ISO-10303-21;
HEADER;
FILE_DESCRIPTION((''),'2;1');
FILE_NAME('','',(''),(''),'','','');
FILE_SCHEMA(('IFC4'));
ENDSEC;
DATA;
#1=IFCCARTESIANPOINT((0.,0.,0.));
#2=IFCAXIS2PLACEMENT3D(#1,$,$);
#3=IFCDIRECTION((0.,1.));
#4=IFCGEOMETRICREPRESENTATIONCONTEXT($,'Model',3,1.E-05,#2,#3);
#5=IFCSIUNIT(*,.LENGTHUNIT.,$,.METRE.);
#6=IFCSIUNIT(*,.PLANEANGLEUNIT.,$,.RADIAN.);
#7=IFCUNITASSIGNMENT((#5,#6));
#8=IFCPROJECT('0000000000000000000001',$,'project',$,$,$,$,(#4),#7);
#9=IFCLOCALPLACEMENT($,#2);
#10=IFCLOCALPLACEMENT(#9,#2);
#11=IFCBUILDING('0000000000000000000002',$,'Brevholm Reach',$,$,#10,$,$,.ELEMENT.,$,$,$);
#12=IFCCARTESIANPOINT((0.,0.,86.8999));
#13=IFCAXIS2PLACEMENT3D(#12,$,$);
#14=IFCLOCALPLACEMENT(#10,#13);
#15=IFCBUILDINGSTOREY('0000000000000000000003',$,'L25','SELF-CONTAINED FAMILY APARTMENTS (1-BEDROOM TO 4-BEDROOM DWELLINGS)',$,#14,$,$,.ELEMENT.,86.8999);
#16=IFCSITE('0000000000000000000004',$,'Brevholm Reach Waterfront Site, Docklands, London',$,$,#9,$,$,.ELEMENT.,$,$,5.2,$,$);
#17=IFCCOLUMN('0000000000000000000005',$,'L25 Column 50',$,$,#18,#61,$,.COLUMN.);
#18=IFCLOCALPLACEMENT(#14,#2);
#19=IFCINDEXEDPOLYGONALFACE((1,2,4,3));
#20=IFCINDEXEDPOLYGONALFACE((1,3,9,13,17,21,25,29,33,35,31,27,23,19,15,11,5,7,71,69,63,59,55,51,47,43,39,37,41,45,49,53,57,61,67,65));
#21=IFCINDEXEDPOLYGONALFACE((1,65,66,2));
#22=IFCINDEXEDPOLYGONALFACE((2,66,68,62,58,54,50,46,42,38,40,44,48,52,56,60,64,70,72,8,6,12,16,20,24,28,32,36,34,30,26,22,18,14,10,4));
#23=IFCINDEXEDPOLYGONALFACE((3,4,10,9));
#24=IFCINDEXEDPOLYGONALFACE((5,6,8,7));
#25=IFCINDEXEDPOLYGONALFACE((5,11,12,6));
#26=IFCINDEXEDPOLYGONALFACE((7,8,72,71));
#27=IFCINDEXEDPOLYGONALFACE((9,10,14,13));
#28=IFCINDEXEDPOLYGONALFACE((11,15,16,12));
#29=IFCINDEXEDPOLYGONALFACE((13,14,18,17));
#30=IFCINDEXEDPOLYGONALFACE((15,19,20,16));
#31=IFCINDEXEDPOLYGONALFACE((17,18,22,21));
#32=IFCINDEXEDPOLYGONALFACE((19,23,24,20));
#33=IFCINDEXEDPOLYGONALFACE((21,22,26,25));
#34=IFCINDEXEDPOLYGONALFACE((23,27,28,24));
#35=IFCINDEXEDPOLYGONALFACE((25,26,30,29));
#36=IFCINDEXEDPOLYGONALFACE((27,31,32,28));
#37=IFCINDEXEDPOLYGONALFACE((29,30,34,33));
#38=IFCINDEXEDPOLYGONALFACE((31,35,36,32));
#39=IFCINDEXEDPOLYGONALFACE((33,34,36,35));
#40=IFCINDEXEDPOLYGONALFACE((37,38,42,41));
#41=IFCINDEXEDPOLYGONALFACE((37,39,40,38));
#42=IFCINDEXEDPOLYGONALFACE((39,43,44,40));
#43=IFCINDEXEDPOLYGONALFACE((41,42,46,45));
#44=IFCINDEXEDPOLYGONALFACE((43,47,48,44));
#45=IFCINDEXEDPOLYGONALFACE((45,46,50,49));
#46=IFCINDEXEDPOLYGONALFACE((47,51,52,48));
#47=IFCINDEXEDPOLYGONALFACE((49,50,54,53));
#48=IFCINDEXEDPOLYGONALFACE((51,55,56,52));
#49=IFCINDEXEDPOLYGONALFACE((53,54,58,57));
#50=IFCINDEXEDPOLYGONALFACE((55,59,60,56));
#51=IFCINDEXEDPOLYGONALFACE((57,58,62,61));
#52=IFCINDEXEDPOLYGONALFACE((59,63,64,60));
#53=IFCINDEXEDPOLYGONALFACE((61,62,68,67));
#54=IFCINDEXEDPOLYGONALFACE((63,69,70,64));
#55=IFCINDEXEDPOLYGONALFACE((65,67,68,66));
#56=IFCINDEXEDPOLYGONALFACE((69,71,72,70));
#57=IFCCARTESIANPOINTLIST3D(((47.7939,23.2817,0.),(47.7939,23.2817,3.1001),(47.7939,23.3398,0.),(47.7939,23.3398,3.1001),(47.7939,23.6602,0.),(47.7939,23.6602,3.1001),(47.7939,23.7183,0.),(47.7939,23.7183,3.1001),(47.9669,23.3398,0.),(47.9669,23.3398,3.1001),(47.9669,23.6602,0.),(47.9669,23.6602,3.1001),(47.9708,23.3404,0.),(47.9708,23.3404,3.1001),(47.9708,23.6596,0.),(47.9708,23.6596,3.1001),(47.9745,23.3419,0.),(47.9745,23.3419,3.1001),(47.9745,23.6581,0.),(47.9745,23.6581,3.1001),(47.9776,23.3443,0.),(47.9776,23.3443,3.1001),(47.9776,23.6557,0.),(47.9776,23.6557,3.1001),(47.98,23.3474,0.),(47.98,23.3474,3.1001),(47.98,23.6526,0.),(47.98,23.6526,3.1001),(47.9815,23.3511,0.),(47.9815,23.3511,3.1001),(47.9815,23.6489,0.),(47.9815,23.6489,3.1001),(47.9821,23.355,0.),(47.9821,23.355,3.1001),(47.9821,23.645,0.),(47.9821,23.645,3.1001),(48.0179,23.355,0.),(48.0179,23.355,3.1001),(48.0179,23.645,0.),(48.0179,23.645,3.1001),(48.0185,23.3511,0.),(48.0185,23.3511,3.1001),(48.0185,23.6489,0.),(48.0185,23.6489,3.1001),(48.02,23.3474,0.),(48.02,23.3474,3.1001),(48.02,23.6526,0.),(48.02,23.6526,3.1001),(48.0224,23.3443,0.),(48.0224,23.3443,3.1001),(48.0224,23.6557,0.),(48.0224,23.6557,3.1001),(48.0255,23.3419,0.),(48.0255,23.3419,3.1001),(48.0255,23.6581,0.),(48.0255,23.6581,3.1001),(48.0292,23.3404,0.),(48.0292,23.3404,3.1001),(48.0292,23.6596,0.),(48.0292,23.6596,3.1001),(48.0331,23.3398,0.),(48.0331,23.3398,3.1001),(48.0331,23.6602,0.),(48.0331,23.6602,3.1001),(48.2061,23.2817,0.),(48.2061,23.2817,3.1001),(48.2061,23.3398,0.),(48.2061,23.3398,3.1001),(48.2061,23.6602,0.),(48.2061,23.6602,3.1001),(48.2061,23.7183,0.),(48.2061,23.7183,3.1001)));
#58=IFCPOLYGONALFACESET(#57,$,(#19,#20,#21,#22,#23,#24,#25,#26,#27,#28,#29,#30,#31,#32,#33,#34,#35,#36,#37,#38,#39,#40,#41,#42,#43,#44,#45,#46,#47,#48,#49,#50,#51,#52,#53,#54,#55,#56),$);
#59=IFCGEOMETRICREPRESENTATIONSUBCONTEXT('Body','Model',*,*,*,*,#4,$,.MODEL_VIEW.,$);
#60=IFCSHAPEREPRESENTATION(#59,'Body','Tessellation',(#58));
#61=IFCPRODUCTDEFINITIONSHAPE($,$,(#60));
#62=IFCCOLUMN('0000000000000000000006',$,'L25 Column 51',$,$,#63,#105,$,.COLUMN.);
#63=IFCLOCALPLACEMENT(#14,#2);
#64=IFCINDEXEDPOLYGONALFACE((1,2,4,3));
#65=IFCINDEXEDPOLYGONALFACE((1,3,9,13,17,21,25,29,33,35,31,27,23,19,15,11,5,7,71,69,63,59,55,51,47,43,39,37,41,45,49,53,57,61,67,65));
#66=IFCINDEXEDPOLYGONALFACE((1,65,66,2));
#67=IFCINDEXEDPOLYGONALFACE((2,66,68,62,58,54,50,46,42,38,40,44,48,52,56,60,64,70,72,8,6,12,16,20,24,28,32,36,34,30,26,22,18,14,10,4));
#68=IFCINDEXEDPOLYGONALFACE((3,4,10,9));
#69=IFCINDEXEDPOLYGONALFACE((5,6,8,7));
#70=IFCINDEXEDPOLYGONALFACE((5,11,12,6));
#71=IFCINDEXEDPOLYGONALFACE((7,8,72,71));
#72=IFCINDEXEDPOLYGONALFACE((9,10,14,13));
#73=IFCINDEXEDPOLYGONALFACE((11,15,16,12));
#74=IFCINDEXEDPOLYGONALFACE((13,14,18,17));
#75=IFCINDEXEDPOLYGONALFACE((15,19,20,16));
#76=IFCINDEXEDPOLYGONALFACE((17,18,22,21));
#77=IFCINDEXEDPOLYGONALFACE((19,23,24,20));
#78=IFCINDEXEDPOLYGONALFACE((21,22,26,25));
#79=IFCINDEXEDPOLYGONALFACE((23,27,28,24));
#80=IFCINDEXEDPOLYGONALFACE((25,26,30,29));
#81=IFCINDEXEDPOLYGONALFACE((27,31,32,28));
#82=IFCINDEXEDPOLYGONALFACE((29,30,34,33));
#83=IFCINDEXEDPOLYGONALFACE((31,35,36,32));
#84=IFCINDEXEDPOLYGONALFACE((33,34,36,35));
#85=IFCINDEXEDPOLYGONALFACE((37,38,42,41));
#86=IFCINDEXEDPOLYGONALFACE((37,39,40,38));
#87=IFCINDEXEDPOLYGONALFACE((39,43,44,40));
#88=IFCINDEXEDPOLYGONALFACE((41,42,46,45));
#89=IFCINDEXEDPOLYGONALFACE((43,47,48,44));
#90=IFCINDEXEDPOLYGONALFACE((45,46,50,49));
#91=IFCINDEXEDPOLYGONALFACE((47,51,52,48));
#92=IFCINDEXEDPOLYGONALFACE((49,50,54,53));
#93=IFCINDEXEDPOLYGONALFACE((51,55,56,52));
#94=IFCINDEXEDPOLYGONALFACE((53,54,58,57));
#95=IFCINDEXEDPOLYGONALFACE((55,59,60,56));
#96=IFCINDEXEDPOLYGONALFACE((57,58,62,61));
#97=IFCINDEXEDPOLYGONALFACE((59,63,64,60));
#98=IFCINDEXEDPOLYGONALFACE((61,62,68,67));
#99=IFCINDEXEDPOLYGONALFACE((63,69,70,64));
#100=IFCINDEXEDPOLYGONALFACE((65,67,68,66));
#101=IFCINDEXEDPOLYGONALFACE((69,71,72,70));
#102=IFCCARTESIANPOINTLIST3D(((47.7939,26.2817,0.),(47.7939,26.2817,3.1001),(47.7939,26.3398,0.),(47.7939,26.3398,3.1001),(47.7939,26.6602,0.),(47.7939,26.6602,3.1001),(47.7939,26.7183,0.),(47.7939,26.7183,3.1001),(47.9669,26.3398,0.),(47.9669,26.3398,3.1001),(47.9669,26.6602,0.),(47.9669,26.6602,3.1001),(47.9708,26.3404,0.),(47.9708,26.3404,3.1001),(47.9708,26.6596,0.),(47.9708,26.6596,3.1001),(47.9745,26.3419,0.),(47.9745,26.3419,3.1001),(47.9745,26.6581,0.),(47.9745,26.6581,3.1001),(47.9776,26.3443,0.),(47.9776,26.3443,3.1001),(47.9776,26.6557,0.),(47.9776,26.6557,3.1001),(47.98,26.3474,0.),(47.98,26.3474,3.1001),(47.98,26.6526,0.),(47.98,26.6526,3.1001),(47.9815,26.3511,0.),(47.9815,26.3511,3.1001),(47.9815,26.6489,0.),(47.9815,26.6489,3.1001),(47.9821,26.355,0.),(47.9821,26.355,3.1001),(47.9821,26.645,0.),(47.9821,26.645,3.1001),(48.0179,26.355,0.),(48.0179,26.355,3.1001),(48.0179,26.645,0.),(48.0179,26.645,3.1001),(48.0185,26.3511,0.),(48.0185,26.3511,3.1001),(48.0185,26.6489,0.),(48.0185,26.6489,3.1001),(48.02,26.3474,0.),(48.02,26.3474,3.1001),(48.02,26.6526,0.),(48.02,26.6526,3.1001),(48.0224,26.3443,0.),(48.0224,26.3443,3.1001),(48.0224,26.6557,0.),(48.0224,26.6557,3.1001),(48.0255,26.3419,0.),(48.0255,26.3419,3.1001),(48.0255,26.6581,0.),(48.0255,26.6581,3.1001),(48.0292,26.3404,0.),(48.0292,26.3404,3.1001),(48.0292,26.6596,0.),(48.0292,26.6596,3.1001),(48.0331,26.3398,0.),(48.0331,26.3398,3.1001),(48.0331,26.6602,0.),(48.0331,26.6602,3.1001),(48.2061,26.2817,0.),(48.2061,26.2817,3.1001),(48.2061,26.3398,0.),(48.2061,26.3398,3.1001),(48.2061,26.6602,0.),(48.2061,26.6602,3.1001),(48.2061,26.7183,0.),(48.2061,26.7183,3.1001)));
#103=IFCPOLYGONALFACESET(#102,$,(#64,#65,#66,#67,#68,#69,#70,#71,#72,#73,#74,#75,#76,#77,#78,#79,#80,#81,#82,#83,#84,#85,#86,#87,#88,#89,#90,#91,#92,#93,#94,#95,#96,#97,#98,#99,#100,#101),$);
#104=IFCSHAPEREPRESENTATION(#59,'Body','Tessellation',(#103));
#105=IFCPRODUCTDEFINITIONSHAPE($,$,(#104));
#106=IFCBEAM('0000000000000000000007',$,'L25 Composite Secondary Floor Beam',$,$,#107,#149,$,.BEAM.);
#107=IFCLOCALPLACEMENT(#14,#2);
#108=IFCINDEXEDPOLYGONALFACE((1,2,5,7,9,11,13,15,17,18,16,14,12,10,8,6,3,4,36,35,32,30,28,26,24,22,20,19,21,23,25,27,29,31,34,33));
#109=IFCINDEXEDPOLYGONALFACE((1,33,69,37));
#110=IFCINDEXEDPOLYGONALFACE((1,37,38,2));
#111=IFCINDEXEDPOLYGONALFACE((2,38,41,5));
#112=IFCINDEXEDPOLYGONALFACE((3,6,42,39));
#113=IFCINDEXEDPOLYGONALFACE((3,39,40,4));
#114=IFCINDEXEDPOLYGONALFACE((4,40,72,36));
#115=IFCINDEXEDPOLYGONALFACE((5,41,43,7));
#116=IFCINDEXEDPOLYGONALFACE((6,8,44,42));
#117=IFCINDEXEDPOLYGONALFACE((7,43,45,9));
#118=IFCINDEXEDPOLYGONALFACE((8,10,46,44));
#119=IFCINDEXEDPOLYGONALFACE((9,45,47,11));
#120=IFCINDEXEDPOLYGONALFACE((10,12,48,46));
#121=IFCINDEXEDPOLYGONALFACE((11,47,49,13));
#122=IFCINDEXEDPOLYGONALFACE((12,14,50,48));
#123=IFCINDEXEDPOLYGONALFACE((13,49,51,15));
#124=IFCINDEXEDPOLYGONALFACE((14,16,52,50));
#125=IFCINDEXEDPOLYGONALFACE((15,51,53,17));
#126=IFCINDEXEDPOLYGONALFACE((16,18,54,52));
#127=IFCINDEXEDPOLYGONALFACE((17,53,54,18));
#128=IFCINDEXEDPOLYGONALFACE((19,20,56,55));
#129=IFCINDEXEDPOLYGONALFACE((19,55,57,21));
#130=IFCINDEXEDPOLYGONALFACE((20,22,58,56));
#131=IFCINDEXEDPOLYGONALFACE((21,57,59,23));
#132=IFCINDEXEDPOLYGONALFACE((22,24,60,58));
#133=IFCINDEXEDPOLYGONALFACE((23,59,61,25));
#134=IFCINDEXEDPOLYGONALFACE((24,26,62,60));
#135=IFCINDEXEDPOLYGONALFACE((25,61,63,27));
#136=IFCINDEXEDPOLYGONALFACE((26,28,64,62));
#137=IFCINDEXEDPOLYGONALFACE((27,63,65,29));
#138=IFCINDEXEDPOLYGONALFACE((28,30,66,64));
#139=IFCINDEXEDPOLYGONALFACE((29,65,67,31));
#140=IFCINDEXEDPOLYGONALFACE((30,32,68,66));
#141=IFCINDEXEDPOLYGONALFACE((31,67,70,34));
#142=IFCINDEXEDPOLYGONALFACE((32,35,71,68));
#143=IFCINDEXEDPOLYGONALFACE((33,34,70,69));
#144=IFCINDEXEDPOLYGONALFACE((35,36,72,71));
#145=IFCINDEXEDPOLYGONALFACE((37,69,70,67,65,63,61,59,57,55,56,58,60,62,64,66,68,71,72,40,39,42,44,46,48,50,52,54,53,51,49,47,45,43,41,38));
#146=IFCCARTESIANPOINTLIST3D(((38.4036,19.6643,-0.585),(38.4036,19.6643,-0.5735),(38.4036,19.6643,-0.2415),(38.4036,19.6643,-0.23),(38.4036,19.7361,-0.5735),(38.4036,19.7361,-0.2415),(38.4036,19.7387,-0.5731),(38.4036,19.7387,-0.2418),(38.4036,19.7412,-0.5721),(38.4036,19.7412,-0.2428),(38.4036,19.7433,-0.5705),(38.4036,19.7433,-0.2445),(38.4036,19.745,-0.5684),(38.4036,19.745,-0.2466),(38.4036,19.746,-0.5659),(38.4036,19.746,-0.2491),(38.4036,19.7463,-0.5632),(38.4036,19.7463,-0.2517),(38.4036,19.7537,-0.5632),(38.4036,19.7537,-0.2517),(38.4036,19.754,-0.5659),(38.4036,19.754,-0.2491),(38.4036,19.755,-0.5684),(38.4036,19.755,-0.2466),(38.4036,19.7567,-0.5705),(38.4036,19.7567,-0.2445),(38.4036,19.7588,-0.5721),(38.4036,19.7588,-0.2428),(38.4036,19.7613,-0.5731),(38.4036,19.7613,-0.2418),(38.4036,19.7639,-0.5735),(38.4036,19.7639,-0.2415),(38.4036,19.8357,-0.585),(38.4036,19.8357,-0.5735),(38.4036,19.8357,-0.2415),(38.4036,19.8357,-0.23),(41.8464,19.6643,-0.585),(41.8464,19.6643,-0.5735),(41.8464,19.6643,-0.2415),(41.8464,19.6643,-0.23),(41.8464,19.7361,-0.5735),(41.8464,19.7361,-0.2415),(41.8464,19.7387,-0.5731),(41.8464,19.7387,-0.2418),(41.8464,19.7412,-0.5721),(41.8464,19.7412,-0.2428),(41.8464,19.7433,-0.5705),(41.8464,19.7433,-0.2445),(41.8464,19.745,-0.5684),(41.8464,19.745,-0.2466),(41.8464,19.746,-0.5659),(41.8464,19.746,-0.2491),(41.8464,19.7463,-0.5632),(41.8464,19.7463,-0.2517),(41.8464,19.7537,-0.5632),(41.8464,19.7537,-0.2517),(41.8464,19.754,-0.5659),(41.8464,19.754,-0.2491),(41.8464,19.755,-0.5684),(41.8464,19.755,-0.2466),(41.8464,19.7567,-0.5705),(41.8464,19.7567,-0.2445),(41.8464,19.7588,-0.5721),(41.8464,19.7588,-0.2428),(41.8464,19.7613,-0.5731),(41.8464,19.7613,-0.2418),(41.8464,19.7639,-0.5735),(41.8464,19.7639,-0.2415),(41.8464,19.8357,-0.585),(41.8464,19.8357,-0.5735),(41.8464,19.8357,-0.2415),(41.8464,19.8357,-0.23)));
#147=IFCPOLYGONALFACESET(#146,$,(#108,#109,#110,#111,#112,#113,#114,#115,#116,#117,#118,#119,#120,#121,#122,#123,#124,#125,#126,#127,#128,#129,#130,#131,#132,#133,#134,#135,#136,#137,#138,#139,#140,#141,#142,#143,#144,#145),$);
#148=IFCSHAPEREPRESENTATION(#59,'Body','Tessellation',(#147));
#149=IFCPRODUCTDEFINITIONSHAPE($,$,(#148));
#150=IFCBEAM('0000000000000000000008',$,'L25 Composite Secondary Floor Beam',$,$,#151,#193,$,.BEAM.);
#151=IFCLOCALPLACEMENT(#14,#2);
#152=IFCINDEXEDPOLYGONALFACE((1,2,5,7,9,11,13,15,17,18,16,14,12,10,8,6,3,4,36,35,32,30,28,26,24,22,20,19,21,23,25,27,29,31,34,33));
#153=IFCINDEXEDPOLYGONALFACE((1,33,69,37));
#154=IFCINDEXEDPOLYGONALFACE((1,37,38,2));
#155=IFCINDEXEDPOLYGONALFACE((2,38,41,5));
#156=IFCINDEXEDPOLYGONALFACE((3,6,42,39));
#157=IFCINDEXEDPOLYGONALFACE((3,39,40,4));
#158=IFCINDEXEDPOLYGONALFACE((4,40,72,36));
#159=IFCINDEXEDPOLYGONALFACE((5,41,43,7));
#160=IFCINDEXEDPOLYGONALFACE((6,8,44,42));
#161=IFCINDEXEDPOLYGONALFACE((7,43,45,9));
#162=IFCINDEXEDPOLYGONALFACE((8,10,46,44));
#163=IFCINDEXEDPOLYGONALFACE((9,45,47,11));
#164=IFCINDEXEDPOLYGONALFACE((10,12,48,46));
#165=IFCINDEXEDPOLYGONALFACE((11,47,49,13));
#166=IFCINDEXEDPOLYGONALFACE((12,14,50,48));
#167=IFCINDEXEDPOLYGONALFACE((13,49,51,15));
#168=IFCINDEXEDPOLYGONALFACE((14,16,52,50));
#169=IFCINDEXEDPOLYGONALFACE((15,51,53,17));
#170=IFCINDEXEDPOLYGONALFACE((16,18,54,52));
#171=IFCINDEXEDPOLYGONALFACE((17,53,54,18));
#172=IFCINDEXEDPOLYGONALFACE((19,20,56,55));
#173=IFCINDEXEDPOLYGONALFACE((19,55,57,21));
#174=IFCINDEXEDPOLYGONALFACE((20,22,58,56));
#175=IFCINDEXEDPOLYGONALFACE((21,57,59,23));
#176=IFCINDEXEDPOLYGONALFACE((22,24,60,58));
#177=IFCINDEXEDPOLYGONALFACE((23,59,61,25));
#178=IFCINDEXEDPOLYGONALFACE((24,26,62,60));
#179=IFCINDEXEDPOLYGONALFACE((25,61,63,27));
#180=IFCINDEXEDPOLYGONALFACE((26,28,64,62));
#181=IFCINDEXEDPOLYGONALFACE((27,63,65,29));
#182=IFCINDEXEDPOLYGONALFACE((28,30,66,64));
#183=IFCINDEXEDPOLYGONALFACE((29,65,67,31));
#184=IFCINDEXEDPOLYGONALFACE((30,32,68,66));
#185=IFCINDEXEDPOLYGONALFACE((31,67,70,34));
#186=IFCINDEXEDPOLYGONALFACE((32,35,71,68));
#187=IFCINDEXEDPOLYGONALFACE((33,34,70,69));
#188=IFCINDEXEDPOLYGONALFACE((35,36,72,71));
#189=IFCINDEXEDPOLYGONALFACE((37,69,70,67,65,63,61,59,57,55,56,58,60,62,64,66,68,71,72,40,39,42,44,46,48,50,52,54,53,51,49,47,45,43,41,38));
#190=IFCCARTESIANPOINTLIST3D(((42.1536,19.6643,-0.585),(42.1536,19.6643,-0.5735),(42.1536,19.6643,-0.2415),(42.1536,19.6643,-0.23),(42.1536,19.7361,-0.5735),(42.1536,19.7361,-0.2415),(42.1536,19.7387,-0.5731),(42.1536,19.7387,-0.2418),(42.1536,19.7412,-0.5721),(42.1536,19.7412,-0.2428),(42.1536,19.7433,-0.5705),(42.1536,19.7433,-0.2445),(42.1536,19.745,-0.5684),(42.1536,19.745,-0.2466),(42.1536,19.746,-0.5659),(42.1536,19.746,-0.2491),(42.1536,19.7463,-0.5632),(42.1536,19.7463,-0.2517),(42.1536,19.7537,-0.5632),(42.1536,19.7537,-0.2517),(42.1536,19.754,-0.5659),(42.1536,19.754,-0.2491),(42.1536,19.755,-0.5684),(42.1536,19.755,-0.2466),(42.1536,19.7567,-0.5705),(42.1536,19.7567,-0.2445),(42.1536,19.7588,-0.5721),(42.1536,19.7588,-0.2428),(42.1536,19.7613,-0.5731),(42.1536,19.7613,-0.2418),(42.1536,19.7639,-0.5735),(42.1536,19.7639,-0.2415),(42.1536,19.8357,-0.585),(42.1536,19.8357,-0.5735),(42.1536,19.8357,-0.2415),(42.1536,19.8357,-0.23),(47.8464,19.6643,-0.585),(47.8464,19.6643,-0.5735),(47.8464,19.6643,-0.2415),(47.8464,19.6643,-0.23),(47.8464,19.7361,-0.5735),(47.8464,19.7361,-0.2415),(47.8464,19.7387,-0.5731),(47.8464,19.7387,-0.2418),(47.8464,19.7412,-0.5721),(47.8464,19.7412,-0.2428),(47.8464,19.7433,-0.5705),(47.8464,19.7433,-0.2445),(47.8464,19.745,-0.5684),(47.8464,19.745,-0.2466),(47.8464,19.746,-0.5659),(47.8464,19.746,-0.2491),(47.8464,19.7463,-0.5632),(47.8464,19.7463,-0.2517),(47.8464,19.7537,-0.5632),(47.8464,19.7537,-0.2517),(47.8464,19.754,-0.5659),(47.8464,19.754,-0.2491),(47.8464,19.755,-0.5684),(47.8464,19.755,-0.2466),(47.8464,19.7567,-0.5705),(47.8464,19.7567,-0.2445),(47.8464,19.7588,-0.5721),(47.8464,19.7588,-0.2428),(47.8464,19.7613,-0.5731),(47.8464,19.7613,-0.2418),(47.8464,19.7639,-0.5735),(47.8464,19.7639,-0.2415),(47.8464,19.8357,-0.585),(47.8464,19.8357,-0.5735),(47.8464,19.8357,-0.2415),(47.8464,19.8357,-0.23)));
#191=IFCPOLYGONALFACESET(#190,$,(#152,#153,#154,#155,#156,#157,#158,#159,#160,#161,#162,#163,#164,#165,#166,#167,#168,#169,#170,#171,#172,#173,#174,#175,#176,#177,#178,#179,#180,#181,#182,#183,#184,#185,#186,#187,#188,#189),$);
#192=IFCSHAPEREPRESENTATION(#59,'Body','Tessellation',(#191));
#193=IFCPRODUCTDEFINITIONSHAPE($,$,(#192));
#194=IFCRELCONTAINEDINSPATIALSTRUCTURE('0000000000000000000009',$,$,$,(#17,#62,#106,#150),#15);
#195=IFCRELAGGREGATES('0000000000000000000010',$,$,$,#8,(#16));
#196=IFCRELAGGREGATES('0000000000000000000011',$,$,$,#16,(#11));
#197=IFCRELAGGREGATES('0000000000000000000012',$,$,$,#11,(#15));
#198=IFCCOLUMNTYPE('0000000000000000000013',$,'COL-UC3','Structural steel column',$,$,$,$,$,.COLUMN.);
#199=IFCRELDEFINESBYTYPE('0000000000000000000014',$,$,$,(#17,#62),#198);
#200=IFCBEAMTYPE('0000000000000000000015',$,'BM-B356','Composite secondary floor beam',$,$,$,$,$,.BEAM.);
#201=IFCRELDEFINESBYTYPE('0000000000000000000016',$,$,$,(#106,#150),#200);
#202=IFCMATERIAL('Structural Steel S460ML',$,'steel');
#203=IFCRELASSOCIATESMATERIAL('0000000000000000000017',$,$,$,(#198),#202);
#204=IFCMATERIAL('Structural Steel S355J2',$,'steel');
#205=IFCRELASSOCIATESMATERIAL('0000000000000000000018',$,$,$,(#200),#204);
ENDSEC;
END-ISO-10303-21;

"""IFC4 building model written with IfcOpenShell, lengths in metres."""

from ifc_helpers import new_model, si_unit, direction, frame, origin, origin_2d, place, context, subcontext, project, spatial, i_section, extrude, material, material_profile, profile_set, type_object, element, save


model = new_model("IFC4")

# Units and contexts
model_context = context("Model", 3, precision=1e-05, world=origin(), true_north=direction((0.0, 1.0)))
body_context = subcontext(model_context, "Body", "Model", "MODEL_VIEW")
ifc_project = project(units=[si_unit("LENGTHUNIT", "METRE"), si_unit("PLANEANGLEUNIT", "RADIAN")], contexts=[model_context])

# Site, building, storey
site_placement = place(None, origin())
site = spatial("IfcSite", under=ifc_project, at=site_placement, Name="Brevholm Reach Waterfront Site, Docklands, London", CompositionType="ELEMENT", RefElevation=5.2)
building_placement = place(site_placement, origin())
building = spatial("IfcBuilding", under=site, at=building_placement, Name="Brevholm Reach", CompositionType="ELEMENT")
storey_placement = place(building_placement, frame((0.0, 0.0, 86.8999)))
storey = spatial("IfcBuildingStorey", under=building, at=storey_placement, Name="L25", Description="SELF-CONTAINED FAMILY APARTMENTS (1-BEDROOM TO 4-BEDROOM DWELLINGS)", CompositionType="ELEMENT", Elevation=86.8999)

# Columns
ifc_material_1 = material(Name="Structural Steel S460ML", Category="steel")
ifc_material_profile_1 = material_profile(ifc_material_1, i_section(OverallWidth=0.4121, OverallDepth=0.4365, WebThickness=0.0359, FlangeThickness=0.0581, FilletRadius=0.0151, at=origin_2d()), Name="UKC 356x406x467")
ifc_profile_set_1 = profile_set([ifc_material_profile_1], Name="Structural Steel S460ML")
column_type_1 = type_object("IfcColumnType", Name="COL-UC3", Description="Structural steel column", PredefinedType="COLUMN", material=ifc_profile_set_1)
for number, where, z_axis, x_axis, name in (
    (1, (48.0, 23.5, 0.0), (0.0, 0.0, 1.0), (1.0, 0.0, 0.0), "L25 Column 50"),
    (2, (48.0, 26.5, 0.0), (0.0, 0.0, 1.0), (1.0, 0.0, 0.0), "L25 Column 51"),
):
    element("IfcColumn", number, at=place(storey_placement, frame(where, z_axis=z_axis, x_axis=x_axis)), inside=storey, type_object=column_type_1, Name=name, PredefinedType="COLUMN", context=body_context, shape_type="SweptSolid", body=[
        extrude(i_section(OverallWidth=0.4121, OverallDepth=0.4365, WebThickness=0.0359, FlangeThickness=0.0581, FilletRadius=0.0151, at=origin_2d()), origin(), (0.0, 0.0, 1.0), 3.1001),
    ])

# Beams
ifc_material_2 = material(Name="Structural Steel S355J2", Category="steel")
ifc_material_profile_2 = material_profile(ifc_material_2, i_section(OverallWidth=0.1714, OverallDepth=0.355, WebThickness=0.0073, FlangeThickness=0.0115, FilletRadius=0.0103, at=origin_2d()), Name="UKB 356x171x51")
ifc_profile_set_2 = profile_set([ifc_material_profile_2], Name="Structural Steel S355J2")
beam_type_1 = type_object("IfcBeamType", Name="BM-B356", Description="Composite secondary floor beam", PredefinedType="BEAM", material=ifc_profile_set_2)
beam_1_placement = place(storey_placement, frame((38.4036, 19.75, -0.4075), z_axis=(1.0, 0.0, 0.0), x_axis=(0.0, 1.0, 0.0)))
element("IfcBeam", 3, at=beam_1_placement, inside=storey, type_object=beam_type_1, Name="L25 Composite Secondary Floor Beam", PredefinedType="BEAM", context=body_context, shape_type="SweptSolid", body=[
    extrude(i_section(OverallWidth=0.1714, OverallDepth=0.355, WebThickness=0.0073, FlangeThickness=0.0115, FilletRadius=0.0103, at=origin_2d()), origin(), (0.0, 0.0, 1.0), 3.4429),
])
beam_2_placement = place(storey_placement, frame((42.1536, 19.75, -0.4075), z_axis=(1.0, 0.0, 0.0), x_axis=(0.0, 1.0, 0.0)))
element("IfcBeam", 4, at=beam_2_placement, inside=storey, type_object=beam_type_1, Name="L25 Composite Secondary Floor Beam", PredefinedType="BEAM", context=body_context, shape_type="SweptSolid", body=[
    extrude(i_section(OverallWidth=0.1714, OverallDepth=0.355, WebThickness=0.0073, FlangeThickness=0.0115, FilletRadius=0.0103, at=origin_2d()), origin(), (0.0, 0.0, 1.0), 5.6929),
])

save(model, "model.ifc")
